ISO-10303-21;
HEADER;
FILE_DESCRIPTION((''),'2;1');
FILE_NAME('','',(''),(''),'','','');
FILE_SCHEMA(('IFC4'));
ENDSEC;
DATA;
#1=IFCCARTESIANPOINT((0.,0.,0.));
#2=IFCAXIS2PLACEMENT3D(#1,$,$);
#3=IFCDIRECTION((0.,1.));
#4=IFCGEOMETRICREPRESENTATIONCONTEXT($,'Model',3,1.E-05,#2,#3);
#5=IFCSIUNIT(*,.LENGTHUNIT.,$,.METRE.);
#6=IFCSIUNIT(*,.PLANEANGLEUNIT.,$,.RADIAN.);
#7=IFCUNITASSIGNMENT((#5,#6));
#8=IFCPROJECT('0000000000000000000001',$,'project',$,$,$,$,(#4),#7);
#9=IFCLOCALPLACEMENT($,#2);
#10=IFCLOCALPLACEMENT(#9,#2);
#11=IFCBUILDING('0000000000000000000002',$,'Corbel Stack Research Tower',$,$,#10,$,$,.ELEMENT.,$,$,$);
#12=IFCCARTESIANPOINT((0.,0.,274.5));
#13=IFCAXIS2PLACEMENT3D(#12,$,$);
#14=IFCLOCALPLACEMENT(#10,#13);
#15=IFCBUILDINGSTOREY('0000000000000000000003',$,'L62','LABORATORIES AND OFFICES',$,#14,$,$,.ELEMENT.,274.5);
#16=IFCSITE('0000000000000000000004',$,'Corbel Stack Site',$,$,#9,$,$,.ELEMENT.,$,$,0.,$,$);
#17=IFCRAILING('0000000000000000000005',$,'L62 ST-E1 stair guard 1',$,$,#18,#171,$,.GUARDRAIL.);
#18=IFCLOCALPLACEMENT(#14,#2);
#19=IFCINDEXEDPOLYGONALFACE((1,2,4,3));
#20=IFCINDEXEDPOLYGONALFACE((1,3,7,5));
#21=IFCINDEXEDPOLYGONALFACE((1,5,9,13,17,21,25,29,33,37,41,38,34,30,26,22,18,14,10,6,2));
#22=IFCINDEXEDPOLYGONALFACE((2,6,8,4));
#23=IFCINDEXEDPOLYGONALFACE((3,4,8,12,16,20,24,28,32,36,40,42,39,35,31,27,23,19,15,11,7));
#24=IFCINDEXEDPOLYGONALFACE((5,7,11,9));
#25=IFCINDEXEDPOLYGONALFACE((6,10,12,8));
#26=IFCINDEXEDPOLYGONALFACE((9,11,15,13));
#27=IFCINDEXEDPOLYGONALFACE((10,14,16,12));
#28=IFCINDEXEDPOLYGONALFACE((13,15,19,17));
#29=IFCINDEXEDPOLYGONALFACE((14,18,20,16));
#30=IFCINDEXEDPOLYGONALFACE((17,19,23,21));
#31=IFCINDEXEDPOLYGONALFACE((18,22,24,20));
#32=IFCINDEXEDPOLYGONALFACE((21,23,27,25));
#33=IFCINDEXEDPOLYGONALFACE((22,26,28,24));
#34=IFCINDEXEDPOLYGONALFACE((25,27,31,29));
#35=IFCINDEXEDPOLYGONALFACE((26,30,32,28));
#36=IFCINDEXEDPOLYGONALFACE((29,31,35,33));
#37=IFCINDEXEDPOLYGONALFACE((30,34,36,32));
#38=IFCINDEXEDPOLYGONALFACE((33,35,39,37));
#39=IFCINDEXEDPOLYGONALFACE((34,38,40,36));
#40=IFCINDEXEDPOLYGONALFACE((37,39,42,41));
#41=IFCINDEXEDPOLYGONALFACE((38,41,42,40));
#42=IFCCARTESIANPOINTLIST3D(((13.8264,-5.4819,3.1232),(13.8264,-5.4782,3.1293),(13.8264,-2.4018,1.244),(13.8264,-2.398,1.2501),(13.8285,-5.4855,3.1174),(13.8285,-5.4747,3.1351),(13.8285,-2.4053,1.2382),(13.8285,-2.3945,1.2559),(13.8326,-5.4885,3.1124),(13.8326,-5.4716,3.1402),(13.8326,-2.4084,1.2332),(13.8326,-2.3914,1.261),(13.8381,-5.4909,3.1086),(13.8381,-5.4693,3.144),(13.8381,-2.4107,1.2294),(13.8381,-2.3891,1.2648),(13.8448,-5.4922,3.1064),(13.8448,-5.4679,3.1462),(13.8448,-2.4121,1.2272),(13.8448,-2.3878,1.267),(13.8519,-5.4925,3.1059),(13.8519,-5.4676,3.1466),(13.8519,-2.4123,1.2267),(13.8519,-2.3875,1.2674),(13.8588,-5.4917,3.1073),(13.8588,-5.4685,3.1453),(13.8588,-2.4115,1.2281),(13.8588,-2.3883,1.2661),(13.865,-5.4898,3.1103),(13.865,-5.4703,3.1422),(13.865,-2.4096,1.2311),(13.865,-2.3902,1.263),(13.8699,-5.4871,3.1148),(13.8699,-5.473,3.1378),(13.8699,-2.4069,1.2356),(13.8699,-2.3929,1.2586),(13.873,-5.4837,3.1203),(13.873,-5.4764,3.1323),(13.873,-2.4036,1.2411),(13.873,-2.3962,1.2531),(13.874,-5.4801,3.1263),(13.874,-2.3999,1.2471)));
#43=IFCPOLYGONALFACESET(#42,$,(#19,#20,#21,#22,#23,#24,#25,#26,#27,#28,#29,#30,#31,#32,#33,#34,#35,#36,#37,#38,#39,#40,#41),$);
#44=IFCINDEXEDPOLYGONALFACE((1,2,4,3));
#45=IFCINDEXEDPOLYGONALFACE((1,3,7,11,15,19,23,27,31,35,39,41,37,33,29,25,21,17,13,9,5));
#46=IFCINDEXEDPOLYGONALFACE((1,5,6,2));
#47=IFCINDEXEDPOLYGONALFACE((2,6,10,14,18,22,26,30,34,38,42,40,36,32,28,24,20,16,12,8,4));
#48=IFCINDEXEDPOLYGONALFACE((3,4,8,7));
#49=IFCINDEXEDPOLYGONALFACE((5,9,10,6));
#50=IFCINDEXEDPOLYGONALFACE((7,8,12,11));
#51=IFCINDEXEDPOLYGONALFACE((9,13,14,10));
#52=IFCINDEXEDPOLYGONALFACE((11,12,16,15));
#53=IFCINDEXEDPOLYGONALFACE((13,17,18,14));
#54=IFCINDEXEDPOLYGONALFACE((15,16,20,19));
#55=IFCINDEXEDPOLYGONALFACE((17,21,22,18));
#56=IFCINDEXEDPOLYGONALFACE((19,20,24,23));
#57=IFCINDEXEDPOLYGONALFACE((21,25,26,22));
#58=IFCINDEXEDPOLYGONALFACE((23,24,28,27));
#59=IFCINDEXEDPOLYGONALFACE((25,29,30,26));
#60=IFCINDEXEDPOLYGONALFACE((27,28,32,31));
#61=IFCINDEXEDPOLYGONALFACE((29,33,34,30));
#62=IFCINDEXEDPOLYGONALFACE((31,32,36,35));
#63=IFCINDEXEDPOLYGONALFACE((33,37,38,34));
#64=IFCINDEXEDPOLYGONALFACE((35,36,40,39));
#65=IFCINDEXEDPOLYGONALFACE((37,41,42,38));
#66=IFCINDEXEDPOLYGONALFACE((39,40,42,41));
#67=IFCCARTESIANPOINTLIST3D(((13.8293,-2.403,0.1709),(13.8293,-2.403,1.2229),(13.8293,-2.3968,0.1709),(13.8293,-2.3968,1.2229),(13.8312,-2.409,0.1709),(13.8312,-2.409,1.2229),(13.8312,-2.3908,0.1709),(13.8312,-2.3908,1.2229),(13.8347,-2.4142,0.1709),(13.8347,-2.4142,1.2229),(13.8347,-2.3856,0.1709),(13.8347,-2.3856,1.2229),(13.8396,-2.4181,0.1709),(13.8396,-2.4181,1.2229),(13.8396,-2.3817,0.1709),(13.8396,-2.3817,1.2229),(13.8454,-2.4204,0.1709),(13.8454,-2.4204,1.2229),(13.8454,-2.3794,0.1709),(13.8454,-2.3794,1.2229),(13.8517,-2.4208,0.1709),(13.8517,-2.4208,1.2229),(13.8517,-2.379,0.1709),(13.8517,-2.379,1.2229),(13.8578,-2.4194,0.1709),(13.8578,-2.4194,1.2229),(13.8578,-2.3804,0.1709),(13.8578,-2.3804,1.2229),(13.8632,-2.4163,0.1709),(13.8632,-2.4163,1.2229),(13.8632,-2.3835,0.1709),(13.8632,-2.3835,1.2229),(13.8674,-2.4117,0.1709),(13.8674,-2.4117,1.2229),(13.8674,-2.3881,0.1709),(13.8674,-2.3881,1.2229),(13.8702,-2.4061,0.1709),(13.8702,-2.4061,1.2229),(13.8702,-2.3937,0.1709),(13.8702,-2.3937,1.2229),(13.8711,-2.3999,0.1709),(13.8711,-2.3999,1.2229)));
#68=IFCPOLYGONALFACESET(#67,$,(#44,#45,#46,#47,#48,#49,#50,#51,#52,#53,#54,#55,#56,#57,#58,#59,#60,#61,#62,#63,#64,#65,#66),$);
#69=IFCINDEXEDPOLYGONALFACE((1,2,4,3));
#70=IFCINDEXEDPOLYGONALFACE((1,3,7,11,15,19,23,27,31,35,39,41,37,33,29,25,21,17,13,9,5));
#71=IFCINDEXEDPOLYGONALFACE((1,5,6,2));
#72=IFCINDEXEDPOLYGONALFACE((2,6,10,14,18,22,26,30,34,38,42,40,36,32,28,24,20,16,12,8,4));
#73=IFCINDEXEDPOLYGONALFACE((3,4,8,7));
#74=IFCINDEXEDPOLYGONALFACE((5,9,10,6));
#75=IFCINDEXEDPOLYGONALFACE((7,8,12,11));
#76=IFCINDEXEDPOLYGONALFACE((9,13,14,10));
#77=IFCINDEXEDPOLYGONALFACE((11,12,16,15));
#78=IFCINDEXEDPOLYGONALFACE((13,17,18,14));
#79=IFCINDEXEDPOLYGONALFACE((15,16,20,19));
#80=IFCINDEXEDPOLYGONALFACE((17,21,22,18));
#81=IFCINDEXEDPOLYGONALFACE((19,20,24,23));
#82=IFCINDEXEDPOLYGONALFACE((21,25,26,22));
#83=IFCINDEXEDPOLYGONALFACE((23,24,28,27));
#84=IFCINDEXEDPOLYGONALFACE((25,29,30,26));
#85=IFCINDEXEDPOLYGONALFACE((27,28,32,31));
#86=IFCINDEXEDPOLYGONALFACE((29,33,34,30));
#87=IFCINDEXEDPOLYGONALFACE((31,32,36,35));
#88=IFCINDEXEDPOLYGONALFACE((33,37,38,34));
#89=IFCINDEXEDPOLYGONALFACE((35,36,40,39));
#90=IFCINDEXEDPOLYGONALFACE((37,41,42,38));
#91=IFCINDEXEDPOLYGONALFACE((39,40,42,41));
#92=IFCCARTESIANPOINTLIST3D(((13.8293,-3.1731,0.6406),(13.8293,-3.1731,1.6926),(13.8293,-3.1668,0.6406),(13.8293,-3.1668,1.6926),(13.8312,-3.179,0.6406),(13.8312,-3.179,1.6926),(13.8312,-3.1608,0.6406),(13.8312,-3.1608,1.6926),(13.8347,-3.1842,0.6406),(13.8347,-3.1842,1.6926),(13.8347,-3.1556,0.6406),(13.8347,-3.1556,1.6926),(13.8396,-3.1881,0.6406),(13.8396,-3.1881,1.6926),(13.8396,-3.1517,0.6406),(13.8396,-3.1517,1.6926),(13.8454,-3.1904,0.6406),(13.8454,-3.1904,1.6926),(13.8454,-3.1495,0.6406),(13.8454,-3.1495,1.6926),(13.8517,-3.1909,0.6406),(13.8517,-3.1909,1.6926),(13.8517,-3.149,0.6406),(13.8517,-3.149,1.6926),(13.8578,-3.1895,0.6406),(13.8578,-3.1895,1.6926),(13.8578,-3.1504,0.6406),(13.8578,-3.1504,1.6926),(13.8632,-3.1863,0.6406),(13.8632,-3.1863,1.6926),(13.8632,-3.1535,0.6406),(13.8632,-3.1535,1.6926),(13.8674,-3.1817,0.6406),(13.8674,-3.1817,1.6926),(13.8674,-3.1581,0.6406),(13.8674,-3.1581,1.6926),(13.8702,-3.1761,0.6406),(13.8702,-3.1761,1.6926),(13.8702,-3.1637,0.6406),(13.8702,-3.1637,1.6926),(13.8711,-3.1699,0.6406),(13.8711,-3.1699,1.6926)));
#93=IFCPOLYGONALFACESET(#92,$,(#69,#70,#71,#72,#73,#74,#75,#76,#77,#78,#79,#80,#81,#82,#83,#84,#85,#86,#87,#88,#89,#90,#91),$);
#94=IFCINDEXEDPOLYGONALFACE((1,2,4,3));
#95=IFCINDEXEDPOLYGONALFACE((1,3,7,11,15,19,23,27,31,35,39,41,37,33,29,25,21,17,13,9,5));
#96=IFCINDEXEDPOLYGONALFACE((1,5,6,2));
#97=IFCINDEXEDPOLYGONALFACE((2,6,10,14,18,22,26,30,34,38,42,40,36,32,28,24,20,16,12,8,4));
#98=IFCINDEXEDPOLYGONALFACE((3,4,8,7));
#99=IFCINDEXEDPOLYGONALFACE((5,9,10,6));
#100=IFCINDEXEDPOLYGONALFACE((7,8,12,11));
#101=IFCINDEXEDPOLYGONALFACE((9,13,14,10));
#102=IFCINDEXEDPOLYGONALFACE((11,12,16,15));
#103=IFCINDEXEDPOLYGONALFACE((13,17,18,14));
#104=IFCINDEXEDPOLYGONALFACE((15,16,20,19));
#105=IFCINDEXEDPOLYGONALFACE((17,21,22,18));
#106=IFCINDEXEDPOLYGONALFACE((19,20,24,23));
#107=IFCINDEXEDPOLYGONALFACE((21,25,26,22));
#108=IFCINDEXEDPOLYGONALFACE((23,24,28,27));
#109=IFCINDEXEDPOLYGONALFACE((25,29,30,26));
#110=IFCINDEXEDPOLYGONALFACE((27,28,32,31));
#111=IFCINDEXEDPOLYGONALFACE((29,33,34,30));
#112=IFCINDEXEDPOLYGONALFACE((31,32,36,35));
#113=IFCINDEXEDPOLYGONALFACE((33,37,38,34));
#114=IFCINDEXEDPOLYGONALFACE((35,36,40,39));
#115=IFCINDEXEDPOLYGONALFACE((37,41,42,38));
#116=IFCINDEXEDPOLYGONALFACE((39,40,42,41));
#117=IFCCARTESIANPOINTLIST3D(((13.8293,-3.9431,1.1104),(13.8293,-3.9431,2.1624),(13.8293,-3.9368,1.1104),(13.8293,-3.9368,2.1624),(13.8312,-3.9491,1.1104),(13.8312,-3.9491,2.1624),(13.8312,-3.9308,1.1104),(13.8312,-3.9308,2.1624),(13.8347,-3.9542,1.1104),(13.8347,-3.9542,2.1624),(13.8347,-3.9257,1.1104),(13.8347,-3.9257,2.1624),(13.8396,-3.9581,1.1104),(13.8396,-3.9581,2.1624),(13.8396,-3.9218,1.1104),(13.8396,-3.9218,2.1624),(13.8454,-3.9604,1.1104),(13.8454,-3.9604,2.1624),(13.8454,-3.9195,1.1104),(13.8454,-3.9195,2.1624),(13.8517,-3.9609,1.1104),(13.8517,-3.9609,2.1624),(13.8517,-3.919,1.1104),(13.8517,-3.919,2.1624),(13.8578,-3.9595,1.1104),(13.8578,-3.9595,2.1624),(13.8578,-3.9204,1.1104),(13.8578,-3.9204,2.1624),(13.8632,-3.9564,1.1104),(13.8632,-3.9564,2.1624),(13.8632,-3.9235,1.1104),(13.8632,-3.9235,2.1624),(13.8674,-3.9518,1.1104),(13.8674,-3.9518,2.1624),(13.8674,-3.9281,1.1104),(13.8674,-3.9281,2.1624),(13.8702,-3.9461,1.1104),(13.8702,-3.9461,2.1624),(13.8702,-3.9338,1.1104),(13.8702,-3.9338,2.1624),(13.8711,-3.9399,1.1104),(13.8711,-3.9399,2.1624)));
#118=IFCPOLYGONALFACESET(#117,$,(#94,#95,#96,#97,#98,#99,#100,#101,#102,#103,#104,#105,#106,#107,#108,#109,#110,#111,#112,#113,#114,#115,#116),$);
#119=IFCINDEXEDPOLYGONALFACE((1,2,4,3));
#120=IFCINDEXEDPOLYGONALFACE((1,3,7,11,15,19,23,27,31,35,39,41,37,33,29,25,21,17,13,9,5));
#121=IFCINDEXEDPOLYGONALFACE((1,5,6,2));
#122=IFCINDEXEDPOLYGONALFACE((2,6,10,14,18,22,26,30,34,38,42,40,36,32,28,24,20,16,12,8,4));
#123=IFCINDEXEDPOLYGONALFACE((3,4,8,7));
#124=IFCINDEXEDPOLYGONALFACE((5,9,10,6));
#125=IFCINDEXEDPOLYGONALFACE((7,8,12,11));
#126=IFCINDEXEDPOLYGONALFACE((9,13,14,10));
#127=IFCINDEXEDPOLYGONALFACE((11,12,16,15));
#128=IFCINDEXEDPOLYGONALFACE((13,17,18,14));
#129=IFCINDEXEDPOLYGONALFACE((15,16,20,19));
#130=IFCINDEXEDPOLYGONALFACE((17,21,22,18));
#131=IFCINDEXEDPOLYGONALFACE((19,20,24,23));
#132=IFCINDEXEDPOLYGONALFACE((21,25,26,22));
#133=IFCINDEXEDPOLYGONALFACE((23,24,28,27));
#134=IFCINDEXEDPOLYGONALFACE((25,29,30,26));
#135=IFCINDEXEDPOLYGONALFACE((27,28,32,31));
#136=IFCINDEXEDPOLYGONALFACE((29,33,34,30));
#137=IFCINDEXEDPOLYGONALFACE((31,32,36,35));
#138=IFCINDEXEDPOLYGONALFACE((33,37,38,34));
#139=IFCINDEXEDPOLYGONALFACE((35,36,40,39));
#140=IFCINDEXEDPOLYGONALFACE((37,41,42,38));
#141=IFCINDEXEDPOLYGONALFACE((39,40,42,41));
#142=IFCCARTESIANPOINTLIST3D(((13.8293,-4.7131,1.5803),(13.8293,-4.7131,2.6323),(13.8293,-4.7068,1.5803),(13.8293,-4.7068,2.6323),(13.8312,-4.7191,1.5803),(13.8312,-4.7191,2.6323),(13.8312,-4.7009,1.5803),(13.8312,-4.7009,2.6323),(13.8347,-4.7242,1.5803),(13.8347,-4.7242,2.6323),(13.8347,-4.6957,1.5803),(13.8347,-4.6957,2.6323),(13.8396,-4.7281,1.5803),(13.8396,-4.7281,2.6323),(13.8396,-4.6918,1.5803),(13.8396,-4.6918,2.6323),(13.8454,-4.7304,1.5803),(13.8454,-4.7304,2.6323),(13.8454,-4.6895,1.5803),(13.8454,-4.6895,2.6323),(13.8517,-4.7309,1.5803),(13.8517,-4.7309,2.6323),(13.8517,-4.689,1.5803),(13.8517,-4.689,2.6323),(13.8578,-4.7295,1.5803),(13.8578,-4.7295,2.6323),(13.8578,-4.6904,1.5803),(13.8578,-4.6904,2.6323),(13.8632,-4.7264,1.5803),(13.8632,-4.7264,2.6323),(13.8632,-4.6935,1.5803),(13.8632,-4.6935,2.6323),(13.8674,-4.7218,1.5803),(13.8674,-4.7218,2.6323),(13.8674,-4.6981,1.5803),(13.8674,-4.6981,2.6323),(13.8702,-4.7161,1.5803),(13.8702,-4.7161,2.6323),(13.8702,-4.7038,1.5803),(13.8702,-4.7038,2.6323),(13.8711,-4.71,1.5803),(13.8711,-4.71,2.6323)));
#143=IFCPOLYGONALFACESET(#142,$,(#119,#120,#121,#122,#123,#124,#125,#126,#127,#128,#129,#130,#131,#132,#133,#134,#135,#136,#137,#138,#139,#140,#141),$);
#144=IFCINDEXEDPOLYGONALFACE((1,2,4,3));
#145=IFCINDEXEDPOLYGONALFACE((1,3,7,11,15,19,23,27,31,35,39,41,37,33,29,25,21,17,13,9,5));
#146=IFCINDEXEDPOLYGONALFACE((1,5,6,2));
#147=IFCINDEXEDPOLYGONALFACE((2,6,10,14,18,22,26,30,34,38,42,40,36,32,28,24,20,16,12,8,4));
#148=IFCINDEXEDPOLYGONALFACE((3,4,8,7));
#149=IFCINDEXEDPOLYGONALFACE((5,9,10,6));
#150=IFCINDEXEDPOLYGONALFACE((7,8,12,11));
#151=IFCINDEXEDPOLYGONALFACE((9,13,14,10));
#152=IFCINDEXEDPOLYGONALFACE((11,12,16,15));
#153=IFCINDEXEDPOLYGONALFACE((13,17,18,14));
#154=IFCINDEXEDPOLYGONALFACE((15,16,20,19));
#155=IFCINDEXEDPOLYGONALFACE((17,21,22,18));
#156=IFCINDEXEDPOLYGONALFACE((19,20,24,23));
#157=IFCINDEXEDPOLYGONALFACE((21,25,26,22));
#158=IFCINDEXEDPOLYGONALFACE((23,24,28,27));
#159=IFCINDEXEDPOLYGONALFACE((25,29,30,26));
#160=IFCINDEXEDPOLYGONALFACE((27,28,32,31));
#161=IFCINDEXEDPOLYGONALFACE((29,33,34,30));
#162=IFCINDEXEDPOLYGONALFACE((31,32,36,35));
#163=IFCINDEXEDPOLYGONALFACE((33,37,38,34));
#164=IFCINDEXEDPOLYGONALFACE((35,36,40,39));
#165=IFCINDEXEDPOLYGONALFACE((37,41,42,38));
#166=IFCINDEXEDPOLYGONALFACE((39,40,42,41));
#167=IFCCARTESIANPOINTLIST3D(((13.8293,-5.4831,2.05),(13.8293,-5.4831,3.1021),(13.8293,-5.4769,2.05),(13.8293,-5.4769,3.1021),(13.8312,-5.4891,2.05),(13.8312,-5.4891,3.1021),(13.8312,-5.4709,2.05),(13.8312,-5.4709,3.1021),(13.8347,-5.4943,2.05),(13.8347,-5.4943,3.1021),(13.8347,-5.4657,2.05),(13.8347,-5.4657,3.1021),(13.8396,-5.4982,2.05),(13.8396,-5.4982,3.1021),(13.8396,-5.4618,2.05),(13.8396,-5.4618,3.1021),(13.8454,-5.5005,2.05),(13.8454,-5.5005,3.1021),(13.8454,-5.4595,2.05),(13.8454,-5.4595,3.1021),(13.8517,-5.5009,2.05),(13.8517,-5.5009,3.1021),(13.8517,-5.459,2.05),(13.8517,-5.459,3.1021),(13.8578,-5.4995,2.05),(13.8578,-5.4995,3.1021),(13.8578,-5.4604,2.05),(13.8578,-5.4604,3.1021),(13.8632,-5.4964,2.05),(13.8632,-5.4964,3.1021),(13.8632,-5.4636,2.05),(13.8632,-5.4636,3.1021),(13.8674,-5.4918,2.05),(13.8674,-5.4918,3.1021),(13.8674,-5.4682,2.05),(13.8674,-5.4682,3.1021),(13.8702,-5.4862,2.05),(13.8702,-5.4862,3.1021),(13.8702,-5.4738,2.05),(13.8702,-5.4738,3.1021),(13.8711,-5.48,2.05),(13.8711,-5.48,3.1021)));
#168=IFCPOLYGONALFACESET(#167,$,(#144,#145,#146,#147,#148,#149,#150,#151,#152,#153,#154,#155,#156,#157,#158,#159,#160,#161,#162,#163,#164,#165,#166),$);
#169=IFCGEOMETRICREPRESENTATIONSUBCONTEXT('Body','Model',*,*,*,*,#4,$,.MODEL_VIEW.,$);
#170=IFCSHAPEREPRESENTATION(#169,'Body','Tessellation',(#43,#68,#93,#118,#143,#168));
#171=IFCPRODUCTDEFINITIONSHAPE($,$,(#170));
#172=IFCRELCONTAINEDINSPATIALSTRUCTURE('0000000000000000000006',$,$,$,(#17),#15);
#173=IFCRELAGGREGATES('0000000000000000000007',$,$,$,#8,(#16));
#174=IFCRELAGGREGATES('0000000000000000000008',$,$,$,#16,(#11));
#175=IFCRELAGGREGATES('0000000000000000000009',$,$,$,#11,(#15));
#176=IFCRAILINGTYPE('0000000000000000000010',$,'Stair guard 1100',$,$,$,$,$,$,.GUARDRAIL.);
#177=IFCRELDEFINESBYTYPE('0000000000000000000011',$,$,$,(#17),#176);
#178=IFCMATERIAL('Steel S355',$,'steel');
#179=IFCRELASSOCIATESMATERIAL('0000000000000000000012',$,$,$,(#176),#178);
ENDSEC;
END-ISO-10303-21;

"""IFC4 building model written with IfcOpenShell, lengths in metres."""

from ifc_helpers import new_model, si_unit, direction, frame, origin, origin_2d, place, context, subcontext, project, spatial, circle, extrude, material, type_object, element, save


model = new_model("IFC4")

# Units and contexts
model_context = context("Model", 3, precision=1e-05, world=origin(), true_north=direction((0.0, 1.0)))
body_context = subcontext(model_context, "Body", "Model", "MODEL_VIEW")
ifc_project = project(units=[si_unit("LENGTHUNIT", "METRE"), si_unit("PLANEANGLEUNIT", "RADIAN")], contexts=[model_context])

# Site, building, storey
site_placement = place(None, origin())
site = spatial("IfcSite", under=ifc_project, at=site_placement, Name="Corbel Stack Site", CompositionType="ELEMENT", RefElevation=0.0)
building_placement = place(site_placement, origin())
building = spatial("IfcBuilding", under=site, at=building_placement, Name="Corbel Stack Research Tower", CompositionType="ELEMENT")
storey_placement = place(building_placement, frame((0.0, 0.0, 274.5)))
storey = spatial("IfcBuildingStorey", under=building, at=storey_placement, Name="L62", Description="LABORATORIES AND OFFICES", CompositionType="ELEMENT", Elevation=274.5)

# Railing
ifc_material_1 = material(Name="Steel S355", Category="steel")
railing_type_1 = type_object("IfcRailingType", Name="Stair guard 1100", PredefinedType="GUARDRAIL", material=ifc_material_1)
railing_1_placement = place(storey_placement, frame((13.8501, -2.3999, 0.1709)))
element("IfcRailing", 1, at=railing_1_placement, inside=storey, type_object=railing_type_1, Name="L62 ST-E1 stair guard 1", PredefinedType="GUARDRAIL", context=body_context, shape_type="SweptSolid", body=[
    extrude(circle(Radius=0.0239, at=origin_2d()), frame((0.0, 0.0, 1.0762), z_axis=(0.0, -0.853666, 0.52082), x_axis=(1.0, 0.0, 0.0)), (0.0, 0.0, 1.0), 3.6082),
    extrude(circle(Radius=0.021, at=origin_2d()), origin(), (0.0, 0.0, 1.0), 1.052),
    extrude(circle(Radius=0.021, at=origin_2d()), frame((0.0, -0.77, 0.4697)), (0.0, 0.0, 1.0), 1.052),
    extrude(circle(Radius=0.021, at=origin_2d()), frame((0.0, -1.54, 0.9395)), (0.0, 0.0, 1.0), 1.052),
    extrude(circle(Radius=0.021, at=origin_2d()), frame((0.0, -2.3101, 1.4094)), (0.0, 0.0, 1.0), 1.052),
    extrude(circle(Radius=0.021, at=origin_2d()), frame((0.0, -3.0801, 1.8792)), (0.0, 0.0, 1.0), 1.052),
])

save(model, "model.ifc")
